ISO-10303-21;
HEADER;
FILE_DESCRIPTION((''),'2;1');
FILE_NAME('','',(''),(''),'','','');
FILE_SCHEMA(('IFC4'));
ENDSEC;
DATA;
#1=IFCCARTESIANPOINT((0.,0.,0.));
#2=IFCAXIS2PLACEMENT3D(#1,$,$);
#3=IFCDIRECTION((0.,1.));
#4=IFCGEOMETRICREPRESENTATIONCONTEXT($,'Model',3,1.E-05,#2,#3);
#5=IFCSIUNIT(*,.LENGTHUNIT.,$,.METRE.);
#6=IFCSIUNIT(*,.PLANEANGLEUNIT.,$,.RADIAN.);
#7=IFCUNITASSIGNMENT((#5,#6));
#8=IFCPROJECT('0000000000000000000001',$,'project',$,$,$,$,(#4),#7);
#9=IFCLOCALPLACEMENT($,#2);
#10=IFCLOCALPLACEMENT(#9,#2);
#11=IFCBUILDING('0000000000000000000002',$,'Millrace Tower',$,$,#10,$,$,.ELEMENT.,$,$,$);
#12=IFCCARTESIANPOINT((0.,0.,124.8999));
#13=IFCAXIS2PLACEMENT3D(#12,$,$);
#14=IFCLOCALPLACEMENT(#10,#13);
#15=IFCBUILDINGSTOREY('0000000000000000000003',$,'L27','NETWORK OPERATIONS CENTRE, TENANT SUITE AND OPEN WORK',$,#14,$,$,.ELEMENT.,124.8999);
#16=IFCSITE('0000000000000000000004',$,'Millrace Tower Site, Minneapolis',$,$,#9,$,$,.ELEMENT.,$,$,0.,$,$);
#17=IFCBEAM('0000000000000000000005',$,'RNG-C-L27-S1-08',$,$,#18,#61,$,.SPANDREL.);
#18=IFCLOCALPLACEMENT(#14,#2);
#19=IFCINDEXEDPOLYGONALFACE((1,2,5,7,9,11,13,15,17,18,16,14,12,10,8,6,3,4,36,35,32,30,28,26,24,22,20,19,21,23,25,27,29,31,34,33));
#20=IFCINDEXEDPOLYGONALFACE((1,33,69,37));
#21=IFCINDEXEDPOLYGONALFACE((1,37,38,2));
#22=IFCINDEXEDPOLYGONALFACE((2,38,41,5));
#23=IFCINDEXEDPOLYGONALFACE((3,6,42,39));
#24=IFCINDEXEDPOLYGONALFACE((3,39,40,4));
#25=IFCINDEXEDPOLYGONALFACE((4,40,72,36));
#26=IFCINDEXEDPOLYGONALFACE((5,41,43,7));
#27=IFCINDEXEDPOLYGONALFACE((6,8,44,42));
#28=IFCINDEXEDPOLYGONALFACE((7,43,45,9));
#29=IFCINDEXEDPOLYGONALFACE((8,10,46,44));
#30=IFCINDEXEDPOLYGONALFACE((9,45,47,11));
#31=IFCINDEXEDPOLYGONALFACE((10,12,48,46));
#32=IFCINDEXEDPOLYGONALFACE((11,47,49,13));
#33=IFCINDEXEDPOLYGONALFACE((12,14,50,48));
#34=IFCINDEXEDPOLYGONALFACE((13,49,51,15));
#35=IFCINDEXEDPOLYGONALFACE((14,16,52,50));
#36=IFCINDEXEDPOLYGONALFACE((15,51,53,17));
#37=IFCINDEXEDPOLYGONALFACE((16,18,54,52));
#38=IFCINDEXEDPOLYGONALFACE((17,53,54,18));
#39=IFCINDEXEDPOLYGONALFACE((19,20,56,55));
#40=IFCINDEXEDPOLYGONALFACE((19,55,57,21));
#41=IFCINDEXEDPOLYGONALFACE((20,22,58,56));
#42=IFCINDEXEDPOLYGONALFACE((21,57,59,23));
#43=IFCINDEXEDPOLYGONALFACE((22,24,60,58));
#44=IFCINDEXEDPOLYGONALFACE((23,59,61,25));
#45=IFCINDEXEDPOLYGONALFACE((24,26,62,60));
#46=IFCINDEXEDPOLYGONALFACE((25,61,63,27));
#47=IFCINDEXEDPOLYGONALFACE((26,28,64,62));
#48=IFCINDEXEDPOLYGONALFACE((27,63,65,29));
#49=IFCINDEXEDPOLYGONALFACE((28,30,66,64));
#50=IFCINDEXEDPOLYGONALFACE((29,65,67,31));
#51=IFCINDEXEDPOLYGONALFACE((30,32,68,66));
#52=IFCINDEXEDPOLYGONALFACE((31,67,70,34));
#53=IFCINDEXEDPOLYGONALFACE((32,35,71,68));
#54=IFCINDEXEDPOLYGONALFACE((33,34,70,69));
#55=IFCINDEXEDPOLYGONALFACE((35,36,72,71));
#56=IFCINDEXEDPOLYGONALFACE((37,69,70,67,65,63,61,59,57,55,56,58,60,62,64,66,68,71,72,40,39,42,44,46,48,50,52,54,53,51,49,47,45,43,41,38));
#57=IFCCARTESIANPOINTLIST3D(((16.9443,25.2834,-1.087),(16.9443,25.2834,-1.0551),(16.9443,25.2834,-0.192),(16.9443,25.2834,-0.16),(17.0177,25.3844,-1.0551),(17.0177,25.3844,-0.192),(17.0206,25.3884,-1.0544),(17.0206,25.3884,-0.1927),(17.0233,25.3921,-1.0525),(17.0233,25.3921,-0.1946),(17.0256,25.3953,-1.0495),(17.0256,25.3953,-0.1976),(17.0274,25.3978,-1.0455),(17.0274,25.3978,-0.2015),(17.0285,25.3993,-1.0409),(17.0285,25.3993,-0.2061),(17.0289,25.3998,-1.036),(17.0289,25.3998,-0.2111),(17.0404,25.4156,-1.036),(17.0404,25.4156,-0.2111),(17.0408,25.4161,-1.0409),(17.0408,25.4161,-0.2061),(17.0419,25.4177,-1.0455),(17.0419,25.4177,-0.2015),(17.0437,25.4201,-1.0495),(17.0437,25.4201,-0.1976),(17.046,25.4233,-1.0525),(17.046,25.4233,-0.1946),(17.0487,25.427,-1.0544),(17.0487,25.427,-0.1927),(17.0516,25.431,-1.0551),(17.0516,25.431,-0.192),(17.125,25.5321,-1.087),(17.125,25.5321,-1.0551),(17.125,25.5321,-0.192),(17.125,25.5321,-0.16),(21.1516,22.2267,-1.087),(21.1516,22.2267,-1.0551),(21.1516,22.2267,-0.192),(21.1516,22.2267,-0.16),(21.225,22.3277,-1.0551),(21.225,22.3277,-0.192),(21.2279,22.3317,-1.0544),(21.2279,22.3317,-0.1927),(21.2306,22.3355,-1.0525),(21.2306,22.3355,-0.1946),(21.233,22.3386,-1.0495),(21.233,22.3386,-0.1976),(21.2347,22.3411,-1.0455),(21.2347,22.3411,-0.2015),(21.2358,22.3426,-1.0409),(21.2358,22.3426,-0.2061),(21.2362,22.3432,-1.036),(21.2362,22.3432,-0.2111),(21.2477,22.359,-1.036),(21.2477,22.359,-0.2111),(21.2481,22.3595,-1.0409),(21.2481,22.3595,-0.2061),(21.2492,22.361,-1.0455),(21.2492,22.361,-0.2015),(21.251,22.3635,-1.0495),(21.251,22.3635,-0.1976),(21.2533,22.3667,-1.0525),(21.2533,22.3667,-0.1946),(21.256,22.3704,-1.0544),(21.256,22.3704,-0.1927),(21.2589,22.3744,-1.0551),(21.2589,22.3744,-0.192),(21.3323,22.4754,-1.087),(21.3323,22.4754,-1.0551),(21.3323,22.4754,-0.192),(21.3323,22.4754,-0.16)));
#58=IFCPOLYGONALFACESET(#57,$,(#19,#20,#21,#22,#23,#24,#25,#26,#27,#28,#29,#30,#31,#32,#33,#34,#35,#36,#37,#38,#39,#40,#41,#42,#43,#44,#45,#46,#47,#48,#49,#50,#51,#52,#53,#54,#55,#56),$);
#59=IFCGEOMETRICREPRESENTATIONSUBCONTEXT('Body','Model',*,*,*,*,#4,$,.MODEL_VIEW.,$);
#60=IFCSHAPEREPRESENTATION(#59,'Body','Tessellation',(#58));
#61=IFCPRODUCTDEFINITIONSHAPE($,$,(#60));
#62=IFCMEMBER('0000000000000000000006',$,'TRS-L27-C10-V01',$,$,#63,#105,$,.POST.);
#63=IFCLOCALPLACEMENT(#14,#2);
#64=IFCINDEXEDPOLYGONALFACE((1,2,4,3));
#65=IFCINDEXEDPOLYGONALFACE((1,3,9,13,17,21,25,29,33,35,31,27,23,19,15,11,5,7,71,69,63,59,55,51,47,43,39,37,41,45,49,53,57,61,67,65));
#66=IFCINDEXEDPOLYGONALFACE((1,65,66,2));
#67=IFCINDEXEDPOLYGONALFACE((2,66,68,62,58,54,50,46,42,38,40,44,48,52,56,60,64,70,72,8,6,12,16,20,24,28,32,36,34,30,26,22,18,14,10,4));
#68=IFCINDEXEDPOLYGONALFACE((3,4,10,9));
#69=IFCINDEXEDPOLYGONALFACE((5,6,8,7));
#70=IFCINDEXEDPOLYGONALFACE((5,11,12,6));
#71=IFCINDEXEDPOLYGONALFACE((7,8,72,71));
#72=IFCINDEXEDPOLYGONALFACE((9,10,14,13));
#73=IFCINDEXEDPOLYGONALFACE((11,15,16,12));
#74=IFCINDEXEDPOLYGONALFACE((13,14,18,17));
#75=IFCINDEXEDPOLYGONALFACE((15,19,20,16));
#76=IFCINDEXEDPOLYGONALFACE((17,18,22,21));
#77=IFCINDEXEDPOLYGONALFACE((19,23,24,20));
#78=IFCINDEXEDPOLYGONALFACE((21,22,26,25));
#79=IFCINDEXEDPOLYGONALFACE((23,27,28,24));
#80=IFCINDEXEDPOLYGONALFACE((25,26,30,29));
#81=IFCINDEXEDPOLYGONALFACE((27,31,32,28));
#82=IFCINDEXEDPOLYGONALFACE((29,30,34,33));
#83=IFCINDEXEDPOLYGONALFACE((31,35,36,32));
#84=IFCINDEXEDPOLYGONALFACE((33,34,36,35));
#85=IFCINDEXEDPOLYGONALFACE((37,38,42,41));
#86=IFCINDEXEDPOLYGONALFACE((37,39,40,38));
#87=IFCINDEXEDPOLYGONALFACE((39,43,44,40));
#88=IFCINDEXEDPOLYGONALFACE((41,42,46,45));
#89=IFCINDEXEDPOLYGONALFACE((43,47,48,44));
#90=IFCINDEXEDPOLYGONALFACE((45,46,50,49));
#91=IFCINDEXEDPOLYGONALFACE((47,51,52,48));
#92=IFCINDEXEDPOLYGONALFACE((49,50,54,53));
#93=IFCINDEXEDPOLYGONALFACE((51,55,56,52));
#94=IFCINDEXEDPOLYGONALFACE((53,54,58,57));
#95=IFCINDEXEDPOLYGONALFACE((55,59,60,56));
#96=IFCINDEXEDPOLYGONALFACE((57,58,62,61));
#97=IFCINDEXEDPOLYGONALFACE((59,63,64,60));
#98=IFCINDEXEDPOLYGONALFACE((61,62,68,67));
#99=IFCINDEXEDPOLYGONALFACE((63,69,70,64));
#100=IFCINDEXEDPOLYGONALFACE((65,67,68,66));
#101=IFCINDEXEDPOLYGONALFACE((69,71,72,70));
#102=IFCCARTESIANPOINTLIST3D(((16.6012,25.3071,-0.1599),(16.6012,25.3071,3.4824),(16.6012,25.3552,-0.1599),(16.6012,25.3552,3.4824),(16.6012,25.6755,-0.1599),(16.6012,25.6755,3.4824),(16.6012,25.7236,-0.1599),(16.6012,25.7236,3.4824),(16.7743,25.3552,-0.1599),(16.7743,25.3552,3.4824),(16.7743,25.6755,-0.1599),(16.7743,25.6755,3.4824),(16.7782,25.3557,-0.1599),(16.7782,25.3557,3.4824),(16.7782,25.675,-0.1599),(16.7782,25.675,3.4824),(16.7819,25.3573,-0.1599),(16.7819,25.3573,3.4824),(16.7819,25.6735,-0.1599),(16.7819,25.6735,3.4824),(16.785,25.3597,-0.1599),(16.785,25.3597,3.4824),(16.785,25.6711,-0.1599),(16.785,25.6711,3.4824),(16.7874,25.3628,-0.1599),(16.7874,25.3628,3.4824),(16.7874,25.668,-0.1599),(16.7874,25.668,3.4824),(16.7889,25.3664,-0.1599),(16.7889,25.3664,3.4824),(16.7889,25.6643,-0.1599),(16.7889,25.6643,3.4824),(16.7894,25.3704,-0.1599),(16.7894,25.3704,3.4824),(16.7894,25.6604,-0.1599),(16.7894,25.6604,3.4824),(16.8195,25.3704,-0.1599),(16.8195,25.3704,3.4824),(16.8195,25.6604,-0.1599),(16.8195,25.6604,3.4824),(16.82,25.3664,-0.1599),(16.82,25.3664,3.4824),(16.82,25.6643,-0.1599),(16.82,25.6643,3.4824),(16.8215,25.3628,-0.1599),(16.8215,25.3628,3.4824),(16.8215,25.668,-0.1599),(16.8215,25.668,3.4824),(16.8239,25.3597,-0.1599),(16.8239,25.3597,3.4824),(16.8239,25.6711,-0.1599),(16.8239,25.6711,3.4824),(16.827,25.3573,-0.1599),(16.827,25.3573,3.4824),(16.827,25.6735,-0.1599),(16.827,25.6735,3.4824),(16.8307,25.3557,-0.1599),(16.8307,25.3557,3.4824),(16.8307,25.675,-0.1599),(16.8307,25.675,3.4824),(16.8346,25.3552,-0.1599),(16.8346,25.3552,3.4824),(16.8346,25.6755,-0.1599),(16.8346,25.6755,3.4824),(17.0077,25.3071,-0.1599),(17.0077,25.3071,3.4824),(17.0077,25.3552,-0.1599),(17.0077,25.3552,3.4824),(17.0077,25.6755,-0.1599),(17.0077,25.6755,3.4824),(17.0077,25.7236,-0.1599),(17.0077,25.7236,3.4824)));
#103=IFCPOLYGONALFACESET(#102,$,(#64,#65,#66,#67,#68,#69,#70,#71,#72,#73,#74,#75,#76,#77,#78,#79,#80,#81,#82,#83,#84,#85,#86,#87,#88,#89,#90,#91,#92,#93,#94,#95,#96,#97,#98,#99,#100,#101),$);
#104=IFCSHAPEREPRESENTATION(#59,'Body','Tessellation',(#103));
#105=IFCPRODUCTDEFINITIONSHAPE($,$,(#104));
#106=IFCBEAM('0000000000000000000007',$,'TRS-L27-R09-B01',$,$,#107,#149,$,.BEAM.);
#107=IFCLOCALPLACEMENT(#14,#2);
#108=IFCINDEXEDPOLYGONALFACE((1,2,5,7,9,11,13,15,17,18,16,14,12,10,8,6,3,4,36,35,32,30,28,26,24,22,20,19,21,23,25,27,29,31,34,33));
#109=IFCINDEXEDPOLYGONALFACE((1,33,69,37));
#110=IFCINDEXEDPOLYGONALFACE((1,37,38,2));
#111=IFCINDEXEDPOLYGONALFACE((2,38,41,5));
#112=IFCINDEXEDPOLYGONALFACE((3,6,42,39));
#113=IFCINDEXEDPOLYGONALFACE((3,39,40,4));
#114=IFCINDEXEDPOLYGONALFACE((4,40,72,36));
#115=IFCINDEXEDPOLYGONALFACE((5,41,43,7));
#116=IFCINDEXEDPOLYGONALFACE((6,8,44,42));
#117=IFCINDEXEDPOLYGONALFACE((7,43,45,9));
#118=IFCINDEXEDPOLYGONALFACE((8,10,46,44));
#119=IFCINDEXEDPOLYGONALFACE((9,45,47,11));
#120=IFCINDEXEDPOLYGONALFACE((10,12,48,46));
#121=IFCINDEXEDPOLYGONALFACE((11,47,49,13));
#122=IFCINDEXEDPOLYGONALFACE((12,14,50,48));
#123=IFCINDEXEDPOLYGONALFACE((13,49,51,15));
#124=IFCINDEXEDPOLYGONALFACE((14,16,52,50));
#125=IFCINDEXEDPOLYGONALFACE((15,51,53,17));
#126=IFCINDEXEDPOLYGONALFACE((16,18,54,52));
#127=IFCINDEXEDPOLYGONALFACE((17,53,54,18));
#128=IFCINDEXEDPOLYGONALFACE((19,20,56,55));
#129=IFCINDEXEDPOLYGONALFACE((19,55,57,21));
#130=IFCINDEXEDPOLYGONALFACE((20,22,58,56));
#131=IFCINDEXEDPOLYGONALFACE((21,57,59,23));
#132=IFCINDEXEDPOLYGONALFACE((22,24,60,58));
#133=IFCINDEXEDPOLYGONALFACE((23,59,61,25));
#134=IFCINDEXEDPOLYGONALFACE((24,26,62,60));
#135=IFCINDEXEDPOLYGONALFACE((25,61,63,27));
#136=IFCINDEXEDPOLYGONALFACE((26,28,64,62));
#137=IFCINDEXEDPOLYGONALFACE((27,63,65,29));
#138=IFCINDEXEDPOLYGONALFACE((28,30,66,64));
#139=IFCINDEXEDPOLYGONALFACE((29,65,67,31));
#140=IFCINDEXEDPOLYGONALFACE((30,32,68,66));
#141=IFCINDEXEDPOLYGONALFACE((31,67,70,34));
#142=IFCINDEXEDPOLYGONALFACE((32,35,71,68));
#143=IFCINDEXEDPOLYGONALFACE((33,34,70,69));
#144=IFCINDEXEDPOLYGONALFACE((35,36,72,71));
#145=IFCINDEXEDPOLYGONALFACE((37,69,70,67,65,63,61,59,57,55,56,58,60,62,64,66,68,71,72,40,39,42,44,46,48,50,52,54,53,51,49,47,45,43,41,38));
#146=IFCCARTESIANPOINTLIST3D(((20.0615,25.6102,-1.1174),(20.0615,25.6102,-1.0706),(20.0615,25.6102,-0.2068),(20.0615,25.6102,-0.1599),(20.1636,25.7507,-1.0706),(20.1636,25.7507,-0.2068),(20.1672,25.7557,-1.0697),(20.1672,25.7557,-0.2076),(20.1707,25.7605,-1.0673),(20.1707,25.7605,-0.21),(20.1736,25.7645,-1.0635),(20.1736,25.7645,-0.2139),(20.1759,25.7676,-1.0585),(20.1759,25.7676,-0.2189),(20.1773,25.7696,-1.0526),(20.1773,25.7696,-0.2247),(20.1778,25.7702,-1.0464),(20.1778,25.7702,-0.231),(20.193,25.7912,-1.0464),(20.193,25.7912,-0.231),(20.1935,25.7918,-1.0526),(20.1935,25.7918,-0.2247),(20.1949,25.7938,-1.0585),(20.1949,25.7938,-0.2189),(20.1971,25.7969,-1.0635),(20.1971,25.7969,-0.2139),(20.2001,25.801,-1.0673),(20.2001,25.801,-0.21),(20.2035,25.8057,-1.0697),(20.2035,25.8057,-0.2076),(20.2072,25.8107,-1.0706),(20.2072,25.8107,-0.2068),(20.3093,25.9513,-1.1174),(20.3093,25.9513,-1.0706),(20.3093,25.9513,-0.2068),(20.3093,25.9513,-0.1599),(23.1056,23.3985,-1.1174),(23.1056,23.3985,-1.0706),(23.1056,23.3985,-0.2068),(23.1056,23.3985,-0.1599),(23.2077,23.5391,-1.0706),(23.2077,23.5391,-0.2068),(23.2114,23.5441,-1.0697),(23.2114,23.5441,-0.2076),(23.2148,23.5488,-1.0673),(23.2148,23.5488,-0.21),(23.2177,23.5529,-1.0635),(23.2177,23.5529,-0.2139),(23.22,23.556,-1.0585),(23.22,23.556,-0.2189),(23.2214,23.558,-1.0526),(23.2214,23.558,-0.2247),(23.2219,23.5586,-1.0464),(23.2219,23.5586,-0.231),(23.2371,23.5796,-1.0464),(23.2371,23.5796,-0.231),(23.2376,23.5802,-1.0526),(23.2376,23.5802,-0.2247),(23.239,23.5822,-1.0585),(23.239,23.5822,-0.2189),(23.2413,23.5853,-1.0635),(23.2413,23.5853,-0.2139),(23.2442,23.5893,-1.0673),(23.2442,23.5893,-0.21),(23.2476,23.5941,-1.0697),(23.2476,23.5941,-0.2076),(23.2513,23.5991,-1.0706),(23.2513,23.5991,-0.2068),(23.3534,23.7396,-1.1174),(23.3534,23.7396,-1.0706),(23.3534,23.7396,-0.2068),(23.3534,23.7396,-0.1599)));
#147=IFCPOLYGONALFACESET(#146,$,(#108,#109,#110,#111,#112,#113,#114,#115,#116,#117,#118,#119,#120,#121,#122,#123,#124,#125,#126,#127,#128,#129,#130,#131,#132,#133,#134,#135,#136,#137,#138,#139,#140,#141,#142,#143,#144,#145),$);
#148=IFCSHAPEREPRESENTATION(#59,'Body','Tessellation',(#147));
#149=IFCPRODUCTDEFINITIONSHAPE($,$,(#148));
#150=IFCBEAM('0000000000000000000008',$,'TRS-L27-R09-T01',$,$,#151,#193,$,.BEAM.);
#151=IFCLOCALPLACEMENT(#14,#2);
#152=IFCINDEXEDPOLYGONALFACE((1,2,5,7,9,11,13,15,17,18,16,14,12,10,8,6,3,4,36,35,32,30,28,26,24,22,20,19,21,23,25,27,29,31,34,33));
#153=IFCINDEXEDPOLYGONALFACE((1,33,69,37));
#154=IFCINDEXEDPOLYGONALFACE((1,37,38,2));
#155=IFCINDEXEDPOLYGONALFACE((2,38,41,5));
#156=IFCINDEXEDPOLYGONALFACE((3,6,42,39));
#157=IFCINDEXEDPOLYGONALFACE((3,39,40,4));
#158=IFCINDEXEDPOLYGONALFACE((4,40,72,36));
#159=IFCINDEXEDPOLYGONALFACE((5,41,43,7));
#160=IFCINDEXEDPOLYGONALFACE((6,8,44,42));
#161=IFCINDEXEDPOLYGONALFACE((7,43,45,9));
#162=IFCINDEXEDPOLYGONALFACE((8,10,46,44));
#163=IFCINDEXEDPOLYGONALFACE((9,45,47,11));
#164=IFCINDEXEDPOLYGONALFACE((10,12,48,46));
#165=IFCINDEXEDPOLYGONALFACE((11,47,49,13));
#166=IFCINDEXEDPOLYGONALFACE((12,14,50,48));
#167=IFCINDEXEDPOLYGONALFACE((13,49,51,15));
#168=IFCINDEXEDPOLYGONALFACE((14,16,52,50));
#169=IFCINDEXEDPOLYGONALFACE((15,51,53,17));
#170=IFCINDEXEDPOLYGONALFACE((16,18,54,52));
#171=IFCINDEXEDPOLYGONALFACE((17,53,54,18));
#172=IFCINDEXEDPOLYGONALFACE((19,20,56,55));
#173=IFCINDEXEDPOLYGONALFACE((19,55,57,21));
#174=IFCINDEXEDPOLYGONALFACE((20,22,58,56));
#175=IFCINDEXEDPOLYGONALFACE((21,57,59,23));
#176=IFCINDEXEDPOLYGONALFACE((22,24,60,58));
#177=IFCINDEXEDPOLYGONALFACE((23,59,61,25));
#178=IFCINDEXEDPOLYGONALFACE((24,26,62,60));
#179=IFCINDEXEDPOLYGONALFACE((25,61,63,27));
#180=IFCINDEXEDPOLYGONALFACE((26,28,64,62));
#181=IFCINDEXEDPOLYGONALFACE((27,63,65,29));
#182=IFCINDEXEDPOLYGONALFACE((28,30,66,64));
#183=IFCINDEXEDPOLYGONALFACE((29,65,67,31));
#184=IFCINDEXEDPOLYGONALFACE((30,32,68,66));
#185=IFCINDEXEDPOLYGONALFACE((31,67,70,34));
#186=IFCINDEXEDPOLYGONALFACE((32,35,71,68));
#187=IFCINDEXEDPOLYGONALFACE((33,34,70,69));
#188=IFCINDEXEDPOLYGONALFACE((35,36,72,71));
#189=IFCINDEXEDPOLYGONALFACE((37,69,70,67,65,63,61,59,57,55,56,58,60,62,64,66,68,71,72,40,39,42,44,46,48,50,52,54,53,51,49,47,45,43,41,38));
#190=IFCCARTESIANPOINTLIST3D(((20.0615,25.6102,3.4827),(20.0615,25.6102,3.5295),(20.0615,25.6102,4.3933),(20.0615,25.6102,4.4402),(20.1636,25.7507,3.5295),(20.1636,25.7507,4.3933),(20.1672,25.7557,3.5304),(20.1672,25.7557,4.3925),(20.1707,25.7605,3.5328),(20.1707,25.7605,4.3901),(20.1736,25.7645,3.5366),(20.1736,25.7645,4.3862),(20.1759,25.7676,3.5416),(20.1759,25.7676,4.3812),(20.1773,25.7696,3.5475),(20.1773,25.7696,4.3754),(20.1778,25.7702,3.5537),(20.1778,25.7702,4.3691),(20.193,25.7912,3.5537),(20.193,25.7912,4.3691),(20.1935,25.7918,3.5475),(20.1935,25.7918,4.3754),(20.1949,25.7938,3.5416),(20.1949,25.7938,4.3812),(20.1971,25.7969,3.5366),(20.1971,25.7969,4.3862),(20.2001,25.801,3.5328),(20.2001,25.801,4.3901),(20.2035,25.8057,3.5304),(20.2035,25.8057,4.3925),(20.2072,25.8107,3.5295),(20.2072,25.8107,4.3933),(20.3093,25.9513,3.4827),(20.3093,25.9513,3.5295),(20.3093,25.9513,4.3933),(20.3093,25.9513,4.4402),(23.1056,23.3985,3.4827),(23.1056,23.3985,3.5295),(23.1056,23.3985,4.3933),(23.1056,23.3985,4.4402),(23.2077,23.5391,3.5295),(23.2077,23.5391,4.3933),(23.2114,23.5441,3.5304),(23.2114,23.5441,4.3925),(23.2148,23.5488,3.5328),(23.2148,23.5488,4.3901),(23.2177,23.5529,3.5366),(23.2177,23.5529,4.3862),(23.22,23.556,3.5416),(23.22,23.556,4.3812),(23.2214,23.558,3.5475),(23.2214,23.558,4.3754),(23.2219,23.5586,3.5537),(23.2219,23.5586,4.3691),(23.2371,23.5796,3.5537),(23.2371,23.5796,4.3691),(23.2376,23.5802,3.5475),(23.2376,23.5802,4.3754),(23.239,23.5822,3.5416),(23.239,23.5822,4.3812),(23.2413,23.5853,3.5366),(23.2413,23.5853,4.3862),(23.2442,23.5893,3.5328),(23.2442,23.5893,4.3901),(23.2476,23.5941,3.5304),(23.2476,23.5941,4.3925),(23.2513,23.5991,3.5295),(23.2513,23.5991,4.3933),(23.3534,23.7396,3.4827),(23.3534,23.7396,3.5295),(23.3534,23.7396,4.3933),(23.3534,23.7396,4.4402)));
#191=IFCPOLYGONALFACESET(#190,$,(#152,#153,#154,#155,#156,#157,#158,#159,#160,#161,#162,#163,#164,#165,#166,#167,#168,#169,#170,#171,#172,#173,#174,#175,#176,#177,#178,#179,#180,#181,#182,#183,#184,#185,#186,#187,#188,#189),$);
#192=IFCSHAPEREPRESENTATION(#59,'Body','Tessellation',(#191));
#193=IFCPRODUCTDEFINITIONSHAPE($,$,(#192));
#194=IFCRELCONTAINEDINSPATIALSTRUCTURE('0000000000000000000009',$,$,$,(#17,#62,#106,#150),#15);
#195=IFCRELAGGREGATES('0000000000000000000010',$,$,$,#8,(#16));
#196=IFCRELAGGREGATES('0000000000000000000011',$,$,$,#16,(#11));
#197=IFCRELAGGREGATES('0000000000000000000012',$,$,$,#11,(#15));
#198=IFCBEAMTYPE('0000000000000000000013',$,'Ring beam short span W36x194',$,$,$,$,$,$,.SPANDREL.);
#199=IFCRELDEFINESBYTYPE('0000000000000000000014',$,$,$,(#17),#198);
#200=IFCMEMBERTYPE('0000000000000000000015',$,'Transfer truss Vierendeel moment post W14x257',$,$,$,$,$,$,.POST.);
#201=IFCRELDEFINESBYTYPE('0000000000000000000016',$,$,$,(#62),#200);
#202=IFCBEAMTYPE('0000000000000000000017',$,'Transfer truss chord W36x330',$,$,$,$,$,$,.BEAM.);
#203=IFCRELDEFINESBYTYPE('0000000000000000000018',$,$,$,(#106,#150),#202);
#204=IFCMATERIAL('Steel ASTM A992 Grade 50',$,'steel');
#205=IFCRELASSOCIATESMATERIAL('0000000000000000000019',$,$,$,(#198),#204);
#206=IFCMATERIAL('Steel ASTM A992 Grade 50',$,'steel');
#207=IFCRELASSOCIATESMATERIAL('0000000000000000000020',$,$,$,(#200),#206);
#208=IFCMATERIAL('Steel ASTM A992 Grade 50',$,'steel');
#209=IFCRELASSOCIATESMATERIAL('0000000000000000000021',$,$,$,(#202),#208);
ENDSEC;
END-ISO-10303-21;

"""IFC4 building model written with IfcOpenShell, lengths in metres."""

from ifc_helpers import new_model, si_unit, direction, frame, origin, origin_2d, place, context, subcontext, project, spatial, i_section, extrude, material, material_profile, profile_set, type_object, element, save


model = new_model("IFC4")

# Units and contexts
model_context = context("Model", 3, precision=1e-05, world=origin(), true_north=direction((0.0, 1.0)))
body_context = subcontext(model_context, "Body", "Model", "MODEL_VIEW")
ifc_project = project(units=[si_unit("LENGTHUNIT", "METRE"), si_unit("PLANEANGLEUNIT", "RADIAN")], contexts=[model_context])

# Site, building, storey
site_placement = place(None, origin())
site = spatial("IfcSite", under=ifc_project, at=site_placement, Name="Millrace Tower Site, Minneapolis", CompositionType="ELEMENT", RefElevation=0.0)
building_placement = place(site_placement, origin())
building = spatial("IfcBuilding", under=site, at=building_placement, Name="Millrace Tower", CompositionType="ELEMENT")
storey_placement = place(building_placement, frame((0.0, 0.0, 124.8999)))
storey = spatial("IfcBuildingStorey", under=building, at=storey_placement, Name="L27", Description="NETWORK OPERATIONS CENTRE, TENANT SUITE AND OPEN WORK", CompositionType="ELEMENT", Elevation=124.8999)

# Beam
ifc_material_1 = material(Name="Steel ASTM A992 Grade 50", Category="steel")
ifc_material_profile_1 = material_profile(ifc_material_1, i_section(OverallWidth=0.3074, OverallDepth=0.927, WebThickness=0.0195, FlangeThickness=0.032, FilletRadius=0.019, at=origin_2d()))
ifc_profile_set_1 = profile_set([ifc_material_profile_1], Name="Steel ASTM A992 Grade 50")
beam_type_1 = type_object("IfcBeamType", Name="Ring beam short span W36x194", PredefinedType="SPANDREL", material=ifc_profile_set_1)
beam_1_placement = place(storey_placement, frame((17.0347, 25.4077, -0.6235), z_axis=(0.809028, -0.58777, 0.0), x_axis=(0.58777, 0.809028, 0.0)))
element("IfcBeam", 1, at=beam_1_placement, inside=storey, type_object=beam_type_1, Name="RNG-C-L27-S1-08", PredefinedType="SPANDREL", context=body_context, shape_type="SweptSolid", body=[
    extrude(i_section(OverallWidth=0.3074, OverallDepth=0.927, WebThickness=0.0195, FlangeThickness=0.032, FilletRadius=0.019, at=origin_2d()), origin(), (0.0, 0.0, 1.0), 5.2004),
])

# Member
ifc_material_2 = material(Name="Steel ASTM A992 Grade 50", Category="steel")
ifc_material_profile_2 = material_profile(ifc_material_2, i_section(OverallWidth=0.4065, OverallDepth=0.4165, WebThickness=0.03, FlangeThickness=0.0481, FilletRadius=0.0151, at=origin_2d()))
ifc_profile_set_2 = profile_set([ifc_material_profile_2], Name="Steel ASTM A992 Grade 50")
member_type_1 = type_object("IfcMemberType", Name="Transfer truss Vierendeel moment post W14x257", PredefinedType="POST", material=ifc_profile_set_2)
member_1_placement = place(storey_placement, frame((16.8044, 25.5154, -0.1599), z_axis=(0.0, 0.0, 1.0), x_axis=(1.0, 0.0, 0.0)))
element("IfcMember", 2, at=member_1_placement, inside=storey, type_object=member_type_1, Name="TRS-L27-C10-V01", PredefinedType="POST", context=body_context, shape_type="SweptSolid", body=[
    extrude(i_section(OverallWidth=0.4065, OverallDepth=0.4165, WebThickness=0.03, FlangeThickness=0.0481, FilletRadius=0.0151, at=origin_2d()), origin(), (0.0, 0.0, 1.0), 3.6423),
])

# Beams
ifc_material_3 = material(Name="Steel ASTM A992 Grade 50", Category="steel")
ifc_material_profile_3 = material_profile(ifc_material_3, i_section(OverallWidth=0.4216, OverallDepth=0.9575, WebThickness=0.0259, FlangeThickness=0.0469, FilletRadius=0.0242, at=origin_2d()))
ifc_profile_set_3 = profile_set([ifc_material_profile_3], Name="Steel ASTM A992 Grade 50")
beam_type_2 = type_object("IfcBeamType", Name="Transfer truss chord W36x330", PredefinedType="BEAM", material=ifc_profile_set_3)
for number, where, z_axis, x_axis, name in (
    (3, (23.2295, 23.5691, -0.6387), (-0.809025, 0.587774, 0.0), (-0.587774, -0.809025, 0.0), "TRS-L27-R09-B01"),
    (4, (23.2295, 23.5691, 3.9614), (-0.809025, 0.587774, 0.0), (-0.587774, -0.809025, 0.0), "TRS-L27-R09-T01"),
):
    element("IfcBeam", number, at=place(storey_placement, frame(where, z_axis=z_axis, x_axis=x_axis)), inside=storey, type_object=beam_type_2, Name=name, PredefinedType="BEAM", context=body_context, shape_type="SweptSolid", body=[
        extrude(i_section(OverallWidth=0.4216, OverallDepth=0.9575, WebThickness=0.0259, FlangeThickness=0.0469, FilletRadius=0.0242, at=origin_2d()), origin(), (0.0, 0.0, 1.0), 3.7627),
    ])

save(model, "model.ifc")
